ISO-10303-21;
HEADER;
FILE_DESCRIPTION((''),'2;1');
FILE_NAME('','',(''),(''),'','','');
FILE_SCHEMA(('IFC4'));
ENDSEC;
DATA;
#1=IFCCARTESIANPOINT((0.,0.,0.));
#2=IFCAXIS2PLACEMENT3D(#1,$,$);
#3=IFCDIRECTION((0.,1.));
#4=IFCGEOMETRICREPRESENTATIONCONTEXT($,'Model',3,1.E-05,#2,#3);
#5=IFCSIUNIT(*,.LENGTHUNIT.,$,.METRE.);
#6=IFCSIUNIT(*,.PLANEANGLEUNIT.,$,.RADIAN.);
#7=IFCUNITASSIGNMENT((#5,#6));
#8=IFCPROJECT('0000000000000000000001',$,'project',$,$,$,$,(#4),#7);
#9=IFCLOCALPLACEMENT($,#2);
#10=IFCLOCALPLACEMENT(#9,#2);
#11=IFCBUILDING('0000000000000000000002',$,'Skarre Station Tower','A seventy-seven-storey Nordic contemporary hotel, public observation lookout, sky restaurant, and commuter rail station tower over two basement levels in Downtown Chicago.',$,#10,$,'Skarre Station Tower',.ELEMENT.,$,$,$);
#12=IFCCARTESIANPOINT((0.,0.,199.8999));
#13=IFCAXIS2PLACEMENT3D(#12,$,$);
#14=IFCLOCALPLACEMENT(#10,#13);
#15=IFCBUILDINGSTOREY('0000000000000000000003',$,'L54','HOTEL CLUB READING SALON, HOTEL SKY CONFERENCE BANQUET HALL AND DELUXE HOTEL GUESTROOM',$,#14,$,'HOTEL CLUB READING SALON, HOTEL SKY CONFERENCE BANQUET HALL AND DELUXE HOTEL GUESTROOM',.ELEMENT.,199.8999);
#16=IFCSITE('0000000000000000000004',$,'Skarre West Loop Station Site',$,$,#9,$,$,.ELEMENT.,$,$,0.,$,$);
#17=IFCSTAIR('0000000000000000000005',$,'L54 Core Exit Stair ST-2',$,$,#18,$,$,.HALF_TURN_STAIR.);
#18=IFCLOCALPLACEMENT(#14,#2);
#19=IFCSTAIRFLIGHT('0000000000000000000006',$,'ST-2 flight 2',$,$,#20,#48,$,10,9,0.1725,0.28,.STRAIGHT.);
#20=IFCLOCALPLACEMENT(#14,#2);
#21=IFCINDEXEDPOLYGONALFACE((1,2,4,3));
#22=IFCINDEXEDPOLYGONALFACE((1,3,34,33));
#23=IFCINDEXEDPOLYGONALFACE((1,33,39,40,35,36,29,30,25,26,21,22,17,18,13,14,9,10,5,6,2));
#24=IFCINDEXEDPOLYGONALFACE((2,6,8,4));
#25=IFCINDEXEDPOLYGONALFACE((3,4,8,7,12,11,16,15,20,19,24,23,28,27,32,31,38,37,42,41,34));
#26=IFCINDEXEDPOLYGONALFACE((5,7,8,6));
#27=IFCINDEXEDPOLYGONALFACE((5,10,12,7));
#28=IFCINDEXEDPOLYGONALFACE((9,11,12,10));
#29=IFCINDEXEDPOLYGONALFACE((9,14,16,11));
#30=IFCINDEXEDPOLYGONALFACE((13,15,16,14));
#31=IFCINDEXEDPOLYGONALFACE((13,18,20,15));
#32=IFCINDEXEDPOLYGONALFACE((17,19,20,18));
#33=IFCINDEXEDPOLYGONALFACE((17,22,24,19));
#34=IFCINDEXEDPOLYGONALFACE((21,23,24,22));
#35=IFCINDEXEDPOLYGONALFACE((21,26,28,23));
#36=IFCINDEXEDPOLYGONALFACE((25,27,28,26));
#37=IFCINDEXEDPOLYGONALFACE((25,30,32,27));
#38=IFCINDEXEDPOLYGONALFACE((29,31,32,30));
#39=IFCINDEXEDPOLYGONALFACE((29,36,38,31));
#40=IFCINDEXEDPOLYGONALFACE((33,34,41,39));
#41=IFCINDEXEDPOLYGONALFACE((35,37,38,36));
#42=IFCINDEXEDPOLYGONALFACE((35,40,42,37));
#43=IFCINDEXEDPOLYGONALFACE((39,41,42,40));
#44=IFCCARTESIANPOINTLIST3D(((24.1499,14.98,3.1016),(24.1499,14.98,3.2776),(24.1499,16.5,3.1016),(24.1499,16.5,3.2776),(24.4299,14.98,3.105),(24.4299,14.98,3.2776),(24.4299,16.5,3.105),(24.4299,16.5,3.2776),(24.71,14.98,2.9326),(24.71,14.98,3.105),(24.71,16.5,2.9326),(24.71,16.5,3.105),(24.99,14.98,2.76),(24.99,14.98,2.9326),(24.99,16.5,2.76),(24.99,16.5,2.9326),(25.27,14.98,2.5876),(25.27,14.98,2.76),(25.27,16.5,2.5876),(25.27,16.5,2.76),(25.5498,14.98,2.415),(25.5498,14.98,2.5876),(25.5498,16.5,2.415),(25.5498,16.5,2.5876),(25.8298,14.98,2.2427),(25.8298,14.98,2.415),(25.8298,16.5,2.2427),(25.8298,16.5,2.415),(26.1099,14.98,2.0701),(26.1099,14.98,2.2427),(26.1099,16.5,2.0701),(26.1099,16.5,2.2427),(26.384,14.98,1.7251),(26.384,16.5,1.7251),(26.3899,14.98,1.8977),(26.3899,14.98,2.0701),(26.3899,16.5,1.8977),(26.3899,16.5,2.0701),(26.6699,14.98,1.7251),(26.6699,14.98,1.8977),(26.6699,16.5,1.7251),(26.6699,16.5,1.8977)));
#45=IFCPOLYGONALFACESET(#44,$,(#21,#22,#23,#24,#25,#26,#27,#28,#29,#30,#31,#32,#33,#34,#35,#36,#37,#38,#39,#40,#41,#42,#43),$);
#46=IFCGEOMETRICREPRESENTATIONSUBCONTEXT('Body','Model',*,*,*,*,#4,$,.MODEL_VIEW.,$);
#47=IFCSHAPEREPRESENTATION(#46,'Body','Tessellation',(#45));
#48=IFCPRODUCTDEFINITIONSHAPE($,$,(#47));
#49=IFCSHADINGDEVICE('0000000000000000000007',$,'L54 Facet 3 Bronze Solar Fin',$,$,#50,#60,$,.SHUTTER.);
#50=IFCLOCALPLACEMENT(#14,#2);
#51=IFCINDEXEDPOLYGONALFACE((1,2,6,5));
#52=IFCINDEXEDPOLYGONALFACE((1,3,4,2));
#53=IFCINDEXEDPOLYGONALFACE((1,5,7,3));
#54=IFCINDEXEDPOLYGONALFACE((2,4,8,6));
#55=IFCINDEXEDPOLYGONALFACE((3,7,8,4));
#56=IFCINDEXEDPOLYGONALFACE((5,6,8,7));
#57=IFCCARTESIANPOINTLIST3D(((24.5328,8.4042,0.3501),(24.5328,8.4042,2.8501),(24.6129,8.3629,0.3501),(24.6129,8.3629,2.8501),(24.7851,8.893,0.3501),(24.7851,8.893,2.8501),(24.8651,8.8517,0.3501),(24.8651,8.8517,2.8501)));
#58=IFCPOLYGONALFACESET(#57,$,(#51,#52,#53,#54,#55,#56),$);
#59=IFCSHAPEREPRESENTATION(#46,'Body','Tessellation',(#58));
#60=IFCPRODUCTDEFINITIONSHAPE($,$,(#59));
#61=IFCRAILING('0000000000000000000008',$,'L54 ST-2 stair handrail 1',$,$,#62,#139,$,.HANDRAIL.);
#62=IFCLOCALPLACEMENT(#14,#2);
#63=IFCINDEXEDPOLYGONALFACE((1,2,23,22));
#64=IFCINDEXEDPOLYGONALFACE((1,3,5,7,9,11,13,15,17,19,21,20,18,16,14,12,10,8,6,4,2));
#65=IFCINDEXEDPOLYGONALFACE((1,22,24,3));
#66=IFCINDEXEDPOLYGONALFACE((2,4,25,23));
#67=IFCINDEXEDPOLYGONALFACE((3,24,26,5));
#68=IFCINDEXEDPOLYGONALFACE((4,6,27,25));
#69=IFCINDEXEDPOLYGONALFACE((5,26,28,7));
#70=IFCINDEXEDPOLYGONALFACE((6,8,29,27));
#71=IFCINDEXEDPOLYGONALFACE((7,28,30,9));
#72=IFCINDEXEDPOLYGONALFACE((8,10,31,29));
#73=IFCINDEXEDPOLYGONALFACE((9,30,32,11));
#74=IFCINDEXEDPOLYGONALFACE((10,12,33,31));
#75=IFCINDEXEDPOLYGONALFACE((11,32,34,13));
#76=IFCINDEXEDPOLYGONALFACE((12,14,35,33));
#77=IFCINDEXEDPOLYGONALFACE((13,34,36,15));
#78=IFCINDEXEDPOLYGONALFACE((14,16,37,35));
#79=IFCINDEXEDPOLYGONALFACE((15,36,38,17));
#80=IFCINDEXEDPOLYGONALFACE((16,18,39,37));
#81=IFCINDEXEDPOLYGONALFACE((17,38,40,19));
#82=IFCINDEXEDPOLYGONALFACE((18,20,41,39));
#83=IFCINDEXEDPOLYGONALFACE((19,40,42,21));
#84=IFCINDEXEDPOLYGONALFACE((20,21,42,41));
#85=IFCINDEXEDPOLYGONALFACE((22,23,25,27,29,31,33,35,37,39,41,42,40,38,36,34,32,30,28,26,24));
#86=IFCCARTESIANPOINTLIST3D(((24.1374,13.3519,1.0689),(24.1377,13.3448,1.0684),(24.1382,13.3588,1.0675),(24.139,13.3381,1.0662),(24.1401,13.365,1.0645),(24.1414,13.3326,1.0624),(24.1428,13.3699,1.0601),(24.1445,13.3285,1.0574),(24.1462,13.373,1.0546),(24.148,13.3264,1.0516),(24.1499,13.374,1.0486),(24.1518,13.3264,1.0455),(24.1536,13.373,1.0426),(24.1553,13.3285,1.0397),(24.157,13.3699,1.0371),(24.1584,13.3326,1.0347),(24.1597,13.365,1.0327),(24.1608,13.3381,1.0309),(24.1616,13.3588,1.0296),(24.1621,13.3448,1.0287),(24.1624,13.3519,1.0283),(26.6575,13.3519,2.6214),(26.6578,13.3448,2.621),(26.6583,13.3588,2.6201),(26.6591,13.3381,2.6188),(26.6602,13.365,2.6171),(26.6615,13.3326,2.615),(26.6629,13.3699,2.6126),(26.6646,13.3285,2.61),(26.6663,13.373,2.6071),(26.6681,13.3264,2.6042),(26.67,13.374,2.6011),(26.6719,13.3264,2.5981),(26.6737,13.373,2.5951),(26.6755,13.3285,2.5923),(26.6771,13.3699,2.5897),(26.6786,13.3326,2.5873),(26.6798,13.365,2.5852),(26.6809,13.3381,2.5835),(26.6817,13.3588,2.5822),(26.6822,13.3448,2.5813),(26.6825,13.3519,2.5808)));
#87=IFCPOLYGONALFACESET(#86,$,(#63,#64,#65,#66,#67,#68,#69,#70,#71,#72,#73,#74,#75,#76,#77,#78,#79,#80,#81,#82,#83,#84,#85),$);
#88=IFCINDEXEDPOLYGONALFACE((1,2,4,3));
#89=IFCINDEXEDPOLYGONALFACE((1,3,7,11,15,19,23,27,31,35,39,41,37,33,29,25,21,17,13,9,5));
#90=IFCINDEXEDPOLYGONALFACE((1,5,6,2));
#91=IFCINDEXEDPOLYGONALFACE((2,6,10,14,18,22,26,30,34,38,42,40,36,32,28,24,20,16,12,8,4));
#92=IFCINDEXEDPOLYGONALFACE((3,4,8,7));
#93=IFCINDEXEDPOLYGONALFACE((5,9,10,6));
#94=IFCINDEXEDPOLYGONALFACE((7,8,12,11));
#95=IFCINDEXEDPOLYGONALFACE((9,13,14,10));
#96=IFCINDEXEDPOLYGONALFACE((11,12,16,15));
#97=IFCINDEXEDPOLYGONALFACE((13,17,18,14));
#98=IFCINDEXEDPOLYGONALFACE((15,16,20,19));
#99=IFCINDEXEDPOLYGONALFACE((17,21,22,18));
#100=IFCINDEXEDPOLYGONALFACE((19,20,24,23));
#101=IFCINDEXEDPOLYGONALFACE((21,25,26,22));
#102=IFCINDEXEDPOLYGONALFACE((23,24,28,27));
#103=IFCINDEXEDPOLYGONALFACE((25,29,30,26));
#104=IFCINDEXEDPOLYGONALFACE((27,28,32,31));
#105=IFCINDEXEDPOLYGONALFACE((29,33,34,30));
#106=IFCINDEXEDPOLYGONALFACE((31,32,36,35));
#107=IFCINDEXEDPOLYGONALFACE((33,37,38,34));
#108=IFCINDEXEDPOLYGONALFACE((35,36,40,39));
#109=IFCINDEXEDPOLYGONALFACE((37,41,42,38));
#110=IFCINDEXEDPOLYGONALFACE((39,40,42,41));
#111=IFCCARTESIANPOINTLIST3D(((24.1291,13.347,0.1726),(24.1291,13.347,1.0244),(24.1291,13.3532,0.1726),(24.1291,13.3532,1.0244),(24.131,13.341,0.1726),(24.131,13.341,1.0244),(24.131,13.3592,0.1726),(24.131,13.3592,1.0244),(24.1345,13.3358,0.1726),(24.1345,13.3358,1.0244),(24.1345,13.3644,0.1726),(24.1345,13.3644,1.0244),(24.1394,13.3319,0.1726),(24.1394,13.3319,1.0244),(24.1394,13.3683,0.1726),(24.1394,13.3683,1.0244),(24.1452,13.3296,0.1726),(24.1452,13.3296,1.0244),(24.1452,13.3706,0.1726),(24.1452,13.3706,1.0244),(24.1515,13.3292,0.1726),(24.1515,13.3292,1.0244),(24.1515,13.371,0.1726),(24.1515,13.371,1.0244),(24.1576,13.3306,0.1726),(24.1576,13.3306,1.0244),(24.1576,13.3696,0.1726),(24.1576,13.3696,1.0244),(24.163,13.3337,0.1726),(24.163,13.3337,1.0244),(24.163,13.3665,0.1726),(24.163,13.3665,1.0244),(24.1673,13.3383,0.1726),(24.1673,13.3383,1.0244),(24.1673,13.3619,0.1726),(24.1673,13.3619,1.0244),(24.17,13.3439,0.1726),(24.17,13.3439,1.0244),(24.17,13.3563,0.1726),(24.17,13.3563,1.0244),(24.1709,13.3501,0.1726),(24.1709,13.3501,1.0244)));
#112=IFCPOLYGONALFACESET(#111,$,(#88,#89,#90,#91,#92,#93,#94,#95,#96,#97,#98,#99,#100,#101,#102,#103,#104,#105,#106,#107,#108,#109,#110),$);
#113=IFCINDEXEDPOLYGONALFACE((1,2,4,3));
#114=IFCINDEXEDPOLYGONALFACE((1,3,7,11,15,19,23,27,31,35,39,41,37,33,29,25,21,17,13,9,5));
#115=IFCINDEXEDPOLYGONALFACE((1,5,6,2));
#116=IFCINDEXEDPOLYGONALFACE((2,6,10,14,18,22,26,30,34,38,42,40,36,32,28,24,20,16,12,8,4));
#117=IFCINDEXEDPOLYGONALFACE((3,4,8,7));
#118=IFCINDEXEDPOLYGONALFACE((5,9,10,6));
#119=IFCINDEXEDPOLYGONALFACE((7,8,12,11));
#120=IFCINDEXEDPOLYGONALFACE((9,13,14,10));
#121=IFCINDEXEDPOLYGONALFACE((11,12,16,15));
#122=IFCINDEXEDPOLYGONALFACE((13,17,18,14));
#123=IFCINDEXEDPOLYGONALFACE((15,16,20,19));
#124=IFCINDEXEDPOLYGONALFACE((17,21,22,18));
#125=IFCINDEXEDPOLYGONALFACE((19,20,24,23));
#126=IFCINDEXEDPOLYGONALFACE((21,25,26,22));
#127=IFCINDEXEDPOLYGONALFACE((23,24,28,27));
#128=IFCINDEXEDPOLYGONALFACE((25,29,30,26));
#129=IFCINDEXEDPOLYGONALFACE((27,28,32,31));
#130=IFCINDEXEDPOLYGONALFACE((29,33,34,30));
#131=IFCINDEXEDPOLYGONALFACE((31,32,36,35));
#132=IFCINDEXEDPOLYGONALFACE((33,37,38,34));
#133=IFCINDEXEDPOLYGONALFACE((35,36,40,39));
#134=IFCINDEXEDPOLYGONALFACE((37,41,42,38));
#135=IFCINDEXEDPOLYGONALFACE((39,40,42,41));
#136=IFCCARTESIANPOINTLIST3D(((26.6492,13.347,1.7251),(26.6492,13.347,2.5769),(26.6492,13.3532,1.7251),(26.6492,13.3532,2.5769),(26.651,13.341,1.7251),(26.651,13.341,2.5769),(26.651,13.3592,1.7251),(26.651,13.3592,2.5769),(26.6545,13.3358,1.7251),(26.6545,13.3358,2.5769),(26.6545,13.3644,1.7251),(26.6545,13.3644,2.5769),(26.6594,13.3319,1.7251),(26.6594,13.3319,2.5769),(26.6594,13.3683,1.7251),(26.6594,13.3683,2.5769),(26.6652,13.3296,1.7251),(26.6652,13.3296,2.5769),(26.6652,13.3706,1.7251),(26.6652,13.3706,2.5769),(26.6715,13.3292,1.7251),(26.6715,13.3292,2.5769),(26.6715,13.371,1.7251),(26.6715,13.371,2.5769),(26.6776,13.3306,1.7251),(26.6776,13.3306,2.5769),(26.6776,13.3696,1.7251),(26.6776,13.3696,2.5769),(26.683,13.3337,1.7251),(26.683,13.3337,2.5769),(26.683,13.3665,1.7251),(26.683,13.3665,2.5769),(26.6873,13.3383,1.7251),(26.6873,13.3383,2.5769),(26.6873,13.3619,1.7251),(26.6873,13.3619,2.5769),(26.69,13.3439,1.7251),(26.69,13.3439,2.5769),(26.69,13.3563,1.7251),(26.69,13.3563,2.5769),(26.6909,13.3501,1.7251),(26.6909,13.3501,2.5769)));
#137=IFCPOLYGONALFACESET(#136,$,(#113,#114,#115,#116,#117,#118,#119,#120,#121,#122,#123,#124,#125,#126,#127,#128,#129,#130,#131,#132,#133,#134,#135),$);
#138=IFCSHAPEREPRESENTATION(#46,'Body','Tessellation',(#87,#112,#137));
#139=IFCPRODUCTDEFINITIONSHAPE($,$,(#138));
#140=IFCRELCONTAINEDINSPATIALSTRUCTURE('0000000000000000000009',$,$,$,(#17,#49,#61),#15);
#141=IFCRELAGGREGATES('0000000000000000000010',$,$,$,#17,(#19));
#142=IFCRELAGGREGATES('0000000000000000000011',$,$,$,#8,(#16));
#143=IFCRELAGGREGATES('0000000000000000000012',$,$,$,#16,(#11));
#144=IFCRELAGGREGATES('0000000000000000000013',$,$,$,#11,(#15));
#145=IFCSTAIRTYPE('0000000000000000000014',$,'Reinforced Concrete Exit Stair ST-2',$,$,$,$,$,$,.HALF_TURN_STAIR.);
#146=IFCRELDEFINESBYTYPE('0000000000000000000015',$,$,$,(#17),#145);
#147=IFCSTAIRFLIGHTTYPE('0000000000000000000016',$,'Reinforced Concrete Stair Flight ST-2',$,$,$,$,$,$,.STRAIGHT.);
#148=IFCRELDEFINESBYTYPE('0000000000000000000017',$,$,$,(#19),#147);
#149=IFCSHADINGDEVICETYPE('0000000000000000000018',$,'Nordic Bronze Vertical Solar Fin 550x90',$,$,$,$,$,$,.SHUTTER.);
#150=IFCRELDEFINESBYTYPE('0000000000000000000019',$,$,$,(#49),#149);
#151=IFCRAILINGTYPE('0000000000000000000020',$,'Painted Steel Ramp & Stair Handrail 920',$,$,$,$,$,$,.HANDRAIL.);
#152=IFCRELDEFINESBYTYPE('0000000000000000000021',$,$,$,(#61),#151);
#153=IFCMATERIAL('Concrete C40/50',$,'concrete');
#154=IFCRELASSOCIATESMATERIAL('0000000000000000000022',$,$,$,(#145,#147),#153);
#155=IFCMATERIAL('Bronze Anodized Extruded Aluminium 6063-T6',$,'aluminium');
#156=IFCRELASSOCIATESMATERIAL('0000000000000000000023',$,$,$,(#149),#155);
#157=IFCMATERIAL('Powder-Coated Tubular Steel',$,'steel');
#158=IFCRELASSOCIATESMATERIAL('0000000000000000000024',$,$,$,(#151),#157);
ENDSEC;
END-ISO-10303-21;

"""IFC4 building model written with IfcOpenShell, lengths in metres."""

from ifc_helpers import new_model, si_unit, direction, frame, origin, origin_2d, place, context, subcontext, project, spatial, polyline, rectangle, circle, outline, extrude, material, type_object, element, aggregate, save


model = new_model("IFC4")

# Units and contexts
model_context = context("Model", 3, precision=1e-05, world=origin(), true_north=direction((0.0, 1.0)))
body_context = subcontext(model_context, "Body", "Model", "MODEL_VIEW")
ifc_project = project(units=[si_unit("LENGTHUNIT", "METRE"), si_unit("PLANEANGLEUNIT", "RADIAN")], contexts=[model_context])

# Site, building, storey
site_placement = place(None, origin())
site = spatial("IfcSite", under=ifc_project, at=site_placement, Name="Skarre West Loop Station Site", CompositionType="ELEMENT", RefElevation=0.0)
building_placement = place(site_placement, origin())
building = spatial("IfcBuilding", under=site, at=building_placement, Name="Skarre Station Tower", Description="A seventy-seven-storey Nordic contemporary hotel, public observation lookout, sky restaurant, and commuter rail station tower over two basement levels in Downtown Chicago.", LongName="Skarre Station Tower", CompositionType="ELEMENT")
storey_placement = place(building_placement, frame((0.0, 0.0, 199.8999)))
storey = spatial("IfcBuildingStorey", under=building, at=storey_placement, Name="L54", Description="HOTEL CLUB READING SALON, HOTEL SKY CONFERENCE BANQUET HALL AND DELUXE HOTEL GUESTROOM", LongName="HOTEL CLUB READING SALON, HOTEL SKY CONFERENCE BANQUET HALL AND DELUXE HOTEL GUESTROOM", CompositionType="ELEMENT", Elevation=199.8999)

# Stair, stair flight
ifc_material_1 = material(Name="Concrete C40/50", Category="concrete")
stair_type = type_object("IfcStairType", Name="Reinforced Concrete Exit Stair ST-2", PredefinedType="HALF_TURN_STAIR", material=ifc_material_1)
stair_placement = place(storey_placement, origin())
stair = element("IfcStair", 1, at=stair_placement, inside=storey, type_object=stair_type, Name="L54 Core Exit Stair ST-2", PredefinedType="HALF_TURN_STAIR")
stair_flight_type = type_object("IfcStairFlightType", Name="Reinforced Concrete Stair Flight ST-2", PredefinedType="STRAIGHT", material=ifc_material_1)
stair_flight_1_placement = place(storey_placement, frame((26.6699, 15.74, 1.7251), z_axis=(0.0, 0.0, 1.0), x_axis=(-1.0, 0.0, 0.0)))
stair_flight_1 = element("IfcStairFlight", 2, at=stair_flight_1_placement, type_object=stair_flight_type, Name="ST-2 flight 2", NumberOfRisers=10, NumberOfTreads=9, PredefinedType="STRAIGHT", RiserHeight=0.1725, TreadLength=0.28, context=body_context, shape_type="SweptSolid", body=[
    extrude(outline(polyline([(0.0, 0.0), (0.0, 0.1726), (0.28, 0.1726), (0.28, 0.345), (0.5601, 0.345), (0.5601, 0.5176), (0.8401, 0.5176), (0.8401, 0.6899), (1.1201, 0.6899), (1.1201, 0.8625), (1.3999, 0.8625), (1.3999, 1.0349), (1.6799, 1.0349), (1.6799, 1.2075), (1.96, 1.2075), (1.96, 1.3799), (2.24, 1.3799), (2.24, 1.5525), (2.52, 1.5525), (2.52, 1.7251), (2.52, 1.3765), (0.2859, 0.0), (0.0, 0.0)])), frame((0.0, 0.76, 0.0), z_axis=(0.0, -1.0, 0.0), x_axis=(1.0, 0.0, 0.0)), (0.0, 0.0, 1.0), 1.52),
])
aggregate(stair, [stair_flight_1])

# Shading device
ifc_material_2 = material(Name="Bronze Anodized Extruded Aluminium 6063-T6", Category="aluminium")
shading_device_type = type_object("IfcShadingDeviceType", Name="Nordic Bronze Vertical Solar Fin 550x90", PredefinedType="SHUTTER", material=ifc_material_2)
shading_device_placement = place(storey_placement, frame((24.699, 8.6279, 0.3501), z_axis=(0.0, 0.0, 1.0), x_axis=(-0.458634, -0.888625, 0.0)))
element("IfcShadingDevice", 3, at=shading_device_placement, inside=storey, type_object=shading_device_type, Name="L54 Facet 3 Bronze Solar Fin", PredefinedType="SHUTTER", context=body_context, shape_type="SweptSolid", body=[
    extrude(rectangle(XDim=0.55, YDim=0.0901, at=origin_2d()), origin(), (0.0, 0.0, 1.0), 2.5),
])

# Railing
ifc_material_3 = material(Name="Powder-Coated Tubular Steel", Category="steel")
railing_type_1 = type_object("IfcRailingType", Name="Painted Steel Ramp & Stair Handrail 920", PredefinedType="HANDRAIL", material=ifc_material_3)
railing_1_placement = place(storey_placement, frame((24.1499, 13.3501, 0.1726)))
element("IfcRailing", 4, at=railing_1_placement, inside=storey, type_object=railing_type_1, Name="L54 ST-2 stair handrail 1", PredefinedType="HANDRAIL", context=body_context, shape_type="SweptSolid", body=[
    extrude(circle(Radius=0.0239, at=origin_2d()), frame((0.0, 0.0, 0.876), z_axis=(0.8514, 0.0, 0.524516), x_axis=(0.0, 1.0, 0.0)), (0.0, 0.0, 1.0), 2.96),
    extrude(circle(Radius=0.021, at=origin_2d()), origin(), (0.0, 0.0, 1.0), 0.8518),
    extrude(circle(Radius=0.021, at=origin_2d()), frame((2.52, 0.0, 1.5525)), (0.0, 0.0, 1.0), 0.8518),
])

save(model, "model.ifc")
